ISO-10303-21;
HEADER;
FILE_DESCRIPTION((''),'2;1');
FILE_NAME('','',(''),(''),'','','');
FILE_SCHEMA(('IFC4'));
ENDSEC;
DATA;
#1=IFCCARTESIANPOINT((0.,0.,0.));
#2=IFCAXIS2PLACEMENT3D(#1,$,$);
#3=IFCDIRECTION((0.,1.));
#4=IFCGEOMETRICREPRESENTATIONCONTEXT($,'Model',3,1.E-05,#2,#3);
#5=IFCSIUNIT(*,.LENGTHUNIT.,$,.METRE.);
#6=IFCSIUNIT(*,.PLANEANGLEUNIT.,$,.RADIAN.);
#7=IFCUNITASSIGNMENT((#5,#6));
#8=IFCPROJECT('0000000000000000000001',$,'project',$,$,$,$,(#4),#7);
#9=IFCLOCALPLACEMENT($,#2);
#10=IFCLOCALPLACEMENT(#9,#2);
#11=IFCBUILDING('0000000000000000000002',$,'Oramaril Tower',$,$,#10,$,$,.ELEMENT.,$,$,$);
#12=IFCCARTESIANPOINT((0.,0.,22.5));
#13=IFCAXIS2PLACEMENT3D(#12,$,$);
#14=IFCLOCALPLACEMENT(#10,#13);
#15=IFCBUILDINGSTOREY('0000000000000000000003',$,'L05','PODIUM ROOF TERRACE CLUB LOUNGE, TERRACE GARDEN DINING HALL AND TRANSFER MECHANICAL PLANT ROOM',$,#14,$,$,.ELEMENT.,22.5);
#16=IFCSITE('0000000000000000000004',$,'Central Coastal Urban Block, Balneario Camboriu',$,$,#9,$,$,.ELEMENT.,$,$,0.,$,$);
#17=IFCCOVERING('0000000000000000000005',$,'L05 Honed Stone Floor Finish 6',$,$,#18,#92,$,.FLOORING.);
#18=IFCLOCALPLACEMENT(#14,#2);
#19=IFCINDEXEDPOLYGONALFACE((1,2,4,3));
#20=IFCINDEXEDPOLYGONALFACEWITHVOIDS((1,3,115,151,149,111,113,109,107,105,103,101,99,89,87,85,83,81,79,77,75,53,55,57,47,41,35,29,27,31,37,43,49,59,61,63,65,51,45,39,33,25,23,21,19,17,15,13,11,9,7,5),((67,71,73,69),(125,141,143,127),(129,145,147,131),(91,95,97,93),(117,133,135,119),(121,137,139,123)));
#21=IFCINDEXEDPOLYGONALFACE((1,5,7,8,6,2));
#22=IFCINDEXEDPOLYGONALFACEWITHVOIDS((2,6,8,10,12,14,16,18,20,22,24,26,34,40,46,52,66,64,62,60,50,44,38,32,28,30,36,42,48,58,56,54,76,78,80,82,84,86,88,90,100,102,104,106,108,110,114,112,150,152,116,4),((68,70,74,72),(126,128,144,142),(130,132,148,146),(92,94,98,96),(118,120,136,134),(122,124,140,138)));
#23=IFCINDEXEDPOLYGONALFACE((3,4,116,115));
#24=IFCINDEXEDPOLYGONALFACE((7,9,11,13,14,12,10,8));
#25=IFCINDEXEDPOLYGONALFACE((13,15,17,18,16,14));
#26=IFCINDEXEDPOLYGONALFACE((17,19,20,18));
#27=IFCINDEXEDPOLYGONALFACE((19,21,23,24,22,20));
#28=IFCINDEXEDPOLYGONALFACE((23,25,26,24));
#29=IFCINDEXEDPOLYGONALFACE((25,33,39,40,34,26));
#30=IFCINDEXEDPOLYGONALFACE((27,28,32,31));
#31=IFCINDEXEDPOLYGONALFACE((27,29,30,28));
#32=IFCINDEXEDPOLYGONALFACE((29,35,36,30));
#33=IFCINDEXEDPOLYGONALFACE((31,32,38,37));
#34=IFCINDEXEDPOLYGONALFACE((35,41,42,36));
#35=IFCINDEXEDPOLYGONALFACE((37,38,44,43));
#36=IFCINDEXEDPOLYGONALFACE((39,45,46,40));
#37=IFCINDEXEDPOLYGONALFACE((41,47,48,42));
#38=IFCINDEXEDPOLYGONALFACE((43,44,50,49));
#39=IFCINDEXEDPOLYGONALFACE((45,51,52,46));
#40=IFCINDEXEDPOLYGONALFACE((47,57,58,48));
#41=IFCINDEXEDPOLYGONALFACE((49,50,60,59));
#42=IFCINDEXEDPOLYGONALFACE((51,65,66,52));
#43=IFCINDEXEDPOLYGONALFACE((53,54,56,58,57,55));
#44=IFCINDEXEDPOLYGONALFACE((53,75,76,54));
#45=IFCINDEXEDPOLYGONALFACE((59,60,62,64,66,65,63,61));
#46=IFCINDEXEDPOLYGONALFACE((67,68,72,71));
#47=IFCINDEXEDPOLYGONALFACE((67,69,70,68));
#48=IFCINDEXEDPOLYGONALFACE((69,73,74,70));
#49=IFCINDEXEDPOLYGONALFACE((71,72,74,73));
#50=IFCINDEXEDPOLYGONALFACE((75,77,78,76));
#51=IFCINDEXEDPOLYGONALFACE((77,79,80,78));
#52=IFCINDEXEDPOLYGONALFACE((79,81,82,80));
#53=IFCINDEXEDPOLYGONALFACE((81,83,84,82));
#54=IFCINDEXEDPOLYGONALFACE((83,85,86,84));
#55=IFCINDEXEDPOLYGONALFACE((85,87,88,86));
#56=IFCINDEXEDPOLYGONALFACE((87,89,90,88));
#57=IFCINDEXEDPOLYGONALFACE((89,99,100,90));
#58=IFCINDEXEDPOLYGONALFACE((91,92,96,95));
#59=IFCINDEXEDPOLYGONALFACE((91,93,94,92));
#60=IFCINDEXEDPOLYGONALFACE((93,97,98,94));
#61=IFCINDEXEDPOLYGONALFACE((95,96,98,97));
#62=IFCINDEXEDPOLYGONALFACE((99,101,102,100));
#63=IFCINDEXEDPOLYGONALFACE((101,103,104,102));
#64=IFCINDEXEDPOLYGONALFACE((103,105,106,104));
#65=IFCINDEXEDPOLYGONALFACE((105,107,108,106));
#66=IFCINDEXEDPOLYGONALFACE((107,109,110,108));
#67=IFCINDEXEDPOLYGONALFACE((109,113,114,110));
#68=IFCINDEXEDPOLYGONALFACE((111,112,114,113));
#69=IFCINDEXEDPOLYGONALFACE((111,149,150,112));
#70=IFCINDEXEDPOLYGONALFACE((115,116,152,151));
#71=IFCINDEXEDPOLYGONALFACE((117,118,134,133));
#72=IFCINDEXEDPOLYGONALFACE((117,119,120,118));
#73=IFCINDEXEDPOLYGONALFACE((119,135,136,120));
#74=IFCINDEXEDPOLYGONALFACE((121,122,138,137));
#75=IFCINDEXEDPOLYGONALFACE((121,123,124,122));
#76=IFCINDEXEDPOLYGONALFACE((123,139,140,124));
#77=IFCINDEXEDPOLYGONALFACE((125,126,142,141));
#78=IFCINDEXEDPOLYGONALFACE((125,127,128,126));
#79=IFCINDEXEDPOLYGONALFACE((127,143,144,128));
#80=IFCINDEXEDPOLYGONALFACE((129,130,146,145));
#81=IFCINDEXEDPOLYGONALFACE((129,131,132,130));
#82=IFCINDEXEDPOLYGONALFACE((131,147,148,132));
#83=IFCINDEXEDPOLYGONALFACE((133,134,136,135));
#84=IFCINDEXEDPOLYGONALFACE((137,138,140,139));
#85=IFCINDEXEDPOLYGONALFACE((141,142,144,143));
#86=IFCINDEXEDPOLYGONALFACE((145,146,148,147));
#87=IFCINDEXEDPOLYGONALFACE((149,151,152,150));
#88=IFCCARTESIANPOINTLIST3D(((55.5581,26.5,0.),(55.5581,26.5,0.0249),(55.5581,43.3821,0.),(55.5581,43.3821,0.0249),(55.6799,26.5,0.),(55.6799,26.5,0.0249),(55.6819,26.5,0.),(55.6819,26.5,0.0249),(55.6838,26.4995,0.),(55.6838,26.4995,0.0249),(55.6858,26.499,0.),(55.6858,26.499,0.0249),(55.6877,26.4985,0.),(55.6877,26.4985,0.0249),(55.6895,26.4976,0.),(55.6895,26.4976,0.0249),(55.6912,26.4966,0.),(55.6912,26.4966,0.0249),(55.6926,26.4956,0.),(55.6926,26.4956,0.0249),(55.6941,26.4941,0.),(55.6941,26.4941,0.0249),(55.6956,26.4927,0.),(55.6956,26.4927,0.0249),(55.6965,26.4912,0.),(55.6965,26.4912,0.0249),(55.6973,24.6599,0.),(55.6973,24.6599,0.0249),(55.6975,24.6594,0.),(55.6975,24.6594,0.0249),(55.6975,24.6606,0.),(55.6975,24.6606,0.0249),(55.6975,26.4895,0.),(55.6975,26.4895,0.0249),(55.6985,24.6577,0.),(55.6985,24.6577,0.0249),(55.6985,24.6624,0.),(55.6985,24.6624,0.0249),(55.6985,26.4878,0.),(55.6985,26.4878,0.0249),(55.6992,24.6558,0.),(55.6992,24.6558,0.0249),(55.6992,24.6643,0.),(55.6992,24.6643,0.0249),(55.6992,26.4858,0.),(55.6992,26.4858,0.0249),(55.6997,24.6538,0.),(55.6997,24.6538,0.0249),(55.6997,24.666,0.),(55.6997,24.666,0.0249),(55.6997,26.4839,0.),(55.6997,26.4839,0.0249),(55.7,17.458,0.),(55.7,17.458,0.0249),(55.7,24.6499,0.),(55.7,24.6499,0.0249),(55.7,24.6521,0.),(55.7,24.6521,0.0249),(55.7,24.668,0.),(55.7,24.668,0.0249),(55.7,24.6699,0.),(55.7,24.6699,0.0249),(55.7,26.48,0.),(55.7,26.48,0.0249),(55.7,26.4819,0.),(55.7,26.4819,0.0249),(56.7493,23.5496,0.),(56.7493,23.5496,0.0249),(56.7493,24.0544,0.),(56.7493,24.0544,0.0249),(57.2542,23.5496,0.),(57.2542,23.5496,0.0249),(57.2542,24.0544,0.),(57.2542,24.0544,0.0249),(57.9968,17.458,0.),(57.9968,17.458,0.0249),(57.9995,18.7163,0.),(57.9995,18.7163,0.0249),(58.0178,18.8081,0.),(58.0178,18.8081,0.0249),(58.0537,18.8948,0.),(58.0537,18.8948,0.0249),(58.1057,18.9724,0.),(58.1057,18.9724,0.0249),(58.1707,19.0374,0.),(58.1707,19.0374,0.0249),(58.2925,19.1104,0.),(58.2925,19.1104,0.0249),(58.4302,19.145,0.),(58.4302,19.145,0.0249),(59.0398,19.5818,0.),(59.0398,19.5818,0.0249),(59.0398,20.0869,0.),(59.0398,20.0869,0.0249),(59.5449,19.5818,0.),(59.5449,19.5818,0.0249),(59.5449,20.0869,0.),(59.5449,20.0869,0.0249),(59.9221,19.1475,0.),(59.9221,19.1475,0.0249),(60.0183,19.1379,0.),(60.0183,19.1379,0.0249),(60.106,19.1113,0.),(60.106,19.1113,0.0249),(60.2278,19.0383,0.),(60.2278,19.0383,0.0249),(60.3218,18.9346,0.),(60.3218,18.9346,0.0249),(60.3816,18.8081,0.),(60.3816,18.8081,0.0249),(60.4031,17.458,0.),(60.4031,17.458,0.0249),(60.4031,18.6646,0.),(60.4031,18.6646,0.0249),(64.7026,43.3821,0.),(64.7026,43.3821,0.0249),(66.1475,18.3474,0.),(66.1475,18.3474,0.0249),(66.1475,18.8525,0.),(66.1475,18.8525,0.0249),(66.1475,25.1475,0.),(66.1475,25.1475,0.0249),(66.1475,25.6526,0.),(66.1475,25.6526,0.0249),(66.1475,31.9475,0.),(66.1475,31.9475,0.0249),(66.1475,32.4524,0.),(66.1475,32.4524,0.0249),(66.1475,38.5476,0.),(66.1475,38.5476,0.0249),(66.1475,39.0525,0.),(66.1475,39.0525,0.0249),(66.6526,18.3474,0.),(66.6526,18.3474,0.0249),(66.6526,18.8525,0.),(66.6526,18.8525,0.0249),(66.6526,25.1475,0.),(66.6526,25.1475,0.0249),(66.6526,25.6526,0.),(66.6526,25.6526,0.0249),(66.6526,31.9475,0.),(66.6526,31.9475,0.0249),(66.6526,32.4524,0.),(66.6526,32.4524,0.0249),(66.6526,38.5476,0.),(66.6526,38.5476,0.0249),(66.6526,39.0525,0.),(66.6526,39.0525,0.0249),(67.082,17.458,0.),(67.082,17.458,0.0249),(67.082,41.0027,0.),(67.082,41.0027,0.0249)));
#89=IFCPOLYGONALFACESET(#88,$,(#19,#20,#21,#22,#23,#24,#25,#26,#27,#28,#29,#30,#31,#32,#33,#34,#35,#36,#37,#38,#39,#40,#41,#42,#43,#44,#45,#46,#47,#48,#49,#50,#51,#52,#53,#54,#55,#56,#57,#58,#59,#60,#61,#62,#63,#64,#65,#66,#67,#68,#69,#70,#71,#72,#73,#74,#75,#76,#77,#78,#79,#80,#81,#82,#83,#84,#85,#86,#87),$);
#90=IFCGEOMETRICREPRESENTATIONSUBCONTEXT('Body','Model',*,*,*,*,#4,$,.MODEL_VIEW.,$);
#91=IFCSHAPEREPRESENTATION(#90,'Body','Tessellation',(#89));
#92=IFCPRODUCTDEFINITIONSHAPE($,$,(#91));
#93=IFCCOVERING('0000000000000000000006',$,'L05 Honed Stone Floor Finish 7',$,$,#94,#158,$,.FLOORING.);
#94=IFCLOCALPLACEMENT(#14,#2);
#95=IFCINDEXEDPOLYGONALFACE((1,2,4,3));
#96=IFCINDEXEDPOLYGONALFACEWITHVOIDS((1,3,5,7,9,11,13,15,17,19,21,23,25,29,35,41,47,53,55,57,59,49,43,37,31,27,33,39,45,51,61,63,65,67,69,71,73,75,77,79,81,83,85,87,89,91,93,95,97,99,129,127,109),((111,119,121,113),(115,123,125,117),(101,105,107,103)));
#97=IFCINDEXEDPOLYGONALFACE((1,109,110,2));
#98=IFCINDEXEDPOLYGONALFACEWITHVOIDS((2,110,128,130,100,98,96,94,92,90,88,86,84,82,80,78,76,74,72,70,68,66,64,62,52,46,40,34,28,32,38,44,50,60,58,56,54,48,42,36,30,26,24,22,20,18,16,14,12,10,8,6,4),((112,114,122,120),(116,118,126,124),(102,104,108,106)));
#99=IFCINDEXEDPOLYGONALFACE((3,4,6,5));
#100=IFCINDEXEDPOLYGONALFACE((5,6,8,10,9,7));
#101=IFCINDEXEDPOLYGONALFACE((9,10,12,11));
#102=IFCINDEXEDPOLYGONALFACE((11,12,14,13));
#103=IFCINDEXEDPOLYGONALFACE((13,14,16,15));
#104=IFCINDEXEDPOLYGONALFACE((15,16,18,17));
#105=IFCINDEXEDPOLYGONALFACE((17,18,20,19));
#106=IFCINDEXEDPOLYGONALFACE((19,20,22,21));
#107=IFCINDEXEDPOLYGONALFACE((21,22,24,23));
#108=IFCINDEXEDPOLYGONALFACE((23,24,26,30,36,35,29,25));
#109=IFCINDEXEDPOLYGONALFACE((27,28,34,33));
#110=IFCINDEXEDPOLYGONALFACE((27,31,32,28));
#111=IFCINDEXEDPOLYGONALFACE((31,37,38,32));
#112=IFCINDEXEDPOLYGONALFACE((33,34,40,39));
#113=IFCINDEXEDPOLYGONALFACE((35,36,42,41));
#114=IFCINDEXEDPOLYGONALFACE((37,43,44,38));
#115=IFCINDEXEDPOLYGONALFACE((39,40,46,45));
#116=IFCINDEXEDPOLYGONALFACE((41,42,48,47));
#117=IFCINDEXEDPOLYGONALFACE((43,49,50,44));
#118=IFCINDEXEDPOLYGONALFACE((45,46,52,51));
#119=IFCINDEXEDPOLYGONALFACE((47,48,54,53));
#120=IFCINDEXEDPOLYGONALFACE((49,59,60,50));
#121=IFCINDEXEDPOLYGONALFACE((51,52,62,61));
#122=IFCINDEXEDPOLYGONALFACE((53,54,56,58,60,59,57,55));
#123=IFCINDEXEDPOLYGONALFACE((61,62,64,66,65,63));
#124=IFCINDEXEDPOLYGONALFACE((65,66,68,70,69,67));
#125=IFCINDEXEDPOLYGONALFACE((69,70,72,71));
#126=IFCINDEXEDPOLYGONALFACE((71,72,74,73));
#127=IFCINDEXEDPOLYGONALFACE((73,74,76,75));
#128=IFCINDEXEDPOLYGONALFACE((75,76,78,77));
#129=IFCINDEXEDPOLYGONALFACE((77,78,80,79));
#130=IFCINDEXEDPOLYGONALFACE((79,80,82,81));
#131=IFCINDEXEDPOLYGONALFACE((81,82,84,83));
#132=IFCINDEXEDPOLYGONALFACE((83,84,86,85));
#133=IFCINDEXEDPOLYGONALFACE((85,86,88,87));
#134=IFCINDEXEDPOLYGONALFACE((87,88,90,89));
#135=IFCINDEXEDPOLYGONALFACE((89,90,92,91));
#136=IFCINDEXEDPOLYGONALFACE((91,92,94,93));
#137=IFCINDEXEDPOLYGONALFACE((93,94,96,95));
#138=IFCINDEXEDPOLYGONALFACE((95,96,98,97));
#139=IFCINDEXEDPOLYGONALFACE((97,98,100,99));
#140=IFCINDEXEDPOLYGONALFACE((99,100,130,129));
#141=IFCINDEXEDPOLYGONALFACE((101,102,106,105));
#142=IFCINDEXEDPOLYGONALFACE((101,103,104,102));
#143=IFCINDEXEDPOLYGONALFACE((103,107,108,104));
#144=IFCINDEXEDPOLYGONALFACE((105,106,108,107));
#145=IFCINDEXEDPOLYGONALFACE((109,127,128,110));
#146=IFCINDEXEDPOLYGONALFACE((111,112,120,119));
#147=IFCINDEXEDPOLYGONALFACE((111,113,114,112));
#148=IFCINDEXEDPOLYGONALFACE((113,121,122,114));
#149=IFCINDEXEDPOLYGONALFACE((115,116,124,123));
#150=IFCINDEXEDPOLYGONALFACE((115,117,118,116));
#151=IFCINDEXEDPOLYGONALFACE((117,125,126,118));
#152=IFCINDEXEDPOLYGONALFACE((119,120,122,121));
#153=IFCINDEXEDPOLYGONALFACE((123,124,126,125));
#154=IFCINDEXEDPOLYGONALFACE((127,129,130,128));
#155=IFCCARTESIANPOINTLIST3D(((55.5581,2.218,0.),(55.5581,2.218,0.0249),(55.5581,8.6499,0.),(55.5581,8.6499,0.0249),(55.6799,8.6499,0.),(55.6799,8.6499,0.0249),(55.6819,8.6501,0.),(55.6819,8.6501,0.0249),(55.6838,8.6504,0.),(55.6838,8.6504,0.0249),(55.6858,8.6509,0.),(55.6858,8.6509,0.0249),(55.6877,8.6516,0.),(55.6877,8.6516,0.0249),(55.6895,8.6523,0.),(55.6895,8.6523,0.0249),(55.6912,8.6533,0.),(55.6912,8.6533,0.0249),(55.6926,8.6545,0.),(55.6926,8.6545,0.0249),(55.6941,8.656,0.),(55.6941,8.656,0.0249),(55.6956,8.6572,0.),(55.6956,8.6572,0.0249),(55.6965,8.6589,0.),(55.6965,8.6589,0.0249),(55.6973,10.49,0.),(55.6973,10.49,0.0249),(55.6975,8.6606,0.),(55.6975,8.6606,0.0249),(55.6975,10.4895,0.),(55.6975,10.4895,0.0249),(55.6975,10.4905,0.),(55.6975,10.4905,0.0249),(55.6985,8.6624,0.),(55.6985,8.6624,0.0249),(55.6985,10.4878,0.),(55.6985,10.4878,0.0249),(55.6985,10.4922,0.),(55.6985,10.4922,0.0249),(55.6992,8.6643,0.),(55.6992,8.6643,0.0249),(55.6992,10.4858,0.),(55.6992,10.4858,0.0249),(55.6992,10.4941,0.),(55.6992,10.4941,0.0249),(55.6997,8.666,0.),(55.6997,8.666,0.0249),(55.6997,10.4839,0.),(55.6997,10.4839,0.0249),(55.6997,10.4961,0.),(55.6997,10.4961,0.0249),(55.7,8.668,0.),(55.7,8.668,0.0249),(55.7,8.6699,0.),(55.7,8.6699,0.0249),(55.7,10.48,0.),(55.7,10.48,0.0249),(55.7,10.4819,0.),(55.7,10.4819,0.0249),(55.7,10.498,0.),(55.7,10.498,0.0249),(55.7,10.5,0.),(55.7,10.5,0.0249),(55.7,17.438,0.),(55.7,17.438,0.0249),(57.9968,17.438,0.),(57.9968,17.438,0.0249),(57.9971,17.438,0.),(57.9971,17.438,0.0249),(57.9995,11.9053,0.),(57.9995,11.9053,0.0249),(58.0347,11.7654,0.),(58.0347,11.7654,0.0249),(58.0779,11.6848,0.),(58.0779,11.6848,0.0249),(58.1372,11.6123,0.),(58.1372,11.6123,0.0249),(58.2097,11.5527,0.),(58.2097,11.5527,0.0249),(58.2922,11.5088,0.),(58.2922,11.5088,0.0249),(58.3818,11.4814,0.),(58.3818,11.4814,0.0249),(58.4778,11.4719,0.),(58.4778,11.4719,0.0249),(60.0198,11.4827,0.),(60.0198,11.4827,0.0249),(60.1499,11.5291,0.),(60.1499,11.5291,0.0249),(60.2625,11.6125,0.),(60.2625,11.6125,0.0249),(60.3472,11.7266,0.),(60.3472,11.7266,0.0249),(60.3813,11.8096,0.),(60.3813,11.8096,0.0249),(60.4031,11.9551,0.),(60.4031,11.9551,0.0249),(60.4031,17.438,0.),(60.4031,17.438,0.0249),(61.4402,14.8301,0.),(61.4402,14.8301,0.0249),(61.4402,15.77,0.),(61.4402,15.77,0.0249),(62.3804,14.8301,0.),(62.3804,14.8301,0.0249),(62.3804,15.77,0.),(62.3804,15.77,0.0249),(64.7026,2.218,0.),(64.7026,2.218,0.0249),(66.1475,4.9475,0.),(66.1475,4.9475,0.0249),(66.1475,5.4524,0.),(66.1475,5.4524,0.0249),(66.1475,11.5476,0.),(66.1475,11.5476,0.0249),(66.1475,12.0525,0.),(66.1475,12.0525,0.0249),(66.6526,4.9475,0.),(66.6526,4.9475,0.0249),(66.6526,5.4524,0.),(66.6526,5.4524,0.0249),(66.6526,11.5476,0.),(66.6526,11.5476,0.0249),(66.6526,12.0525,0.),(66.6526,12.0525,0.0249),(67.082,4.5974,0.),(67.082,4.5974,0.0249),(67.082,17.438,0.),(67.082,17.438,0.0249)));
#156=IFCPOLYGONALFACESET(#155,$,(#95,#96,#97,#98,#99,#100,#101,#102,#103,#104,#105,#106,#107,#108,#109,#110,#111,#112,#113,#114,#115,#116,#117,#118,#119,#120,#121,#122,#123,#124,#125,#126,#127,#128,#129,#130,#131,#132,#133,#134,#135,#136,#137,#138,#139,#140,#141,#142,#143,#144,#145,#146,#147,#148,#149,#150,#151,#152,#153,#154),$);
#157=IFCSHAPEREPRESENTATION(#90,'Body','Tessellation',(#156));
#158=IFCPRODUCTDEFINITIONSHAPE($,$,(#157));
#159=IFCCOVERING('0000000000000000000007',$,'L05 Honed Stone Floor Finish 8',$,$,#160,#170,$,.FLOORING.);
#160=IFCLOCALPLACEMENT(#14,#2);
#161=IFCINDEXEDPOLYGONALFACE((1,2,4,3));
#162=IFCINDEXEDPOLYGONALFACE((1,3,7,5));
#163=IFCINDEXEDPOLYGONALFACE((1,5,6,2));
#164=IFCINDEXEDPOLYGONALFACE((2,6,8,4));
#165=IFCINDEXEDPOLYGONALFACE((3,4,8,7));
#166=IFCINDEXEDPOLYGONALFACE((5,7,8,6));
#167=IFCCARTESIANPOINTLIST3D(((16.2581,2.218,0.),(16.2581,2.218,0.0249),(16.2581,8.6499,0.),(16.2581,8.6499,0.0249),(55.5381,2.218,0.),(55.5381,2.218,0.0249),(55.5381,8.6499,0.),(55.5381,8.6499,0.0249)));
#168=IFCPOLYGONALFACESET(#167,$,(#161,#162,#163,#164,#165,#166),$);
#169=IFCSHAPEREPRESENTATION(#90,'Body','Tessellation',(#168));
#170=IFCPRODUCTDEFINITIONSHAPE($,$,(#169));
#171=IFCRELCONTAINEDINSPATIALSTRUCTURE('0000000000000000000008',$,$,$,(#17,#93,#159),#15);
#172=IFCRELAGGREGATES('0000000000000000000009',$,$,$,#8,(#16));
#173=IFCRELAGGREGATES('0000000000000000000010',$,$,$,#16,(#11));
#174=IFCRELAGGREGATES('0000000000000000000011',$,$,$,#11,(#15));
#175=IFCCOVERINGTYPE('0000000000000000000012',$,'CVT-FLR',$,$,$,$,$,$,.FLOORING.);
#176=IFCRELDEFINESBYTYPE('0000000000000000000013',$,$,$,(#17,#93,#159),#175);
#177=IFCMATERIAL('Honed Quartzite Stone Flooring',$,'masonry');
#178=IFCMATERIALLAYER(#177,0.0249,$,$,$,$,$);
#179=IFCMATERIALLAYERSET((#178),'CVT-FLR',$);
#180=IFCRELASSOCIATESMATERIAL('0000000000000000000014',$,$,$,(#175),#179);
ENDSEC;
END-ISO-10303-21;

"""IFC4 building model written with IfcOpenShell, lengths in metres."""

from ifc_helpers import new_model, si_unit, direction, frame, origin, place, context, subcontext, project, spatial, polyline, outline, extrude, material, layer, layer_set, type_object, element, save


model = new_model("IFC4")

# Units and contexts
model_context = context("Model", 3, precision=1e-05, world=origin(), true_north=direction((0.0, 1.0)))
body_context = subcontext(model_context, "Body", "Model", "MODEL_VIEW")
ifc_project = project(units=[si_unit("LENGTHUNIT", "METRE"), si_unit("PLANEANGLEUNIT", "RADIAN")], contexts=[model_context])

# Site, building, storey
site_placement = place(None, origin())
site = spatial("IfcSite", under=ifc_project, at=site_placement, Name="Central Coastal Urban Block, Balneario Camboriu", CompositionType="ELEMENT", RefElevation=0.0)
building_placement = place(site_placement, origin())
building = spatial("IfcBuilding", under=site, at=building_placement, Name="Oramaril Tower", CompositionType="ELEMENT")
storey_placement = place(building_placement, frame((0.0, 0.0, 22.5)))
storey = spatial("IfcBuildingStorey", under=building, at=storey_placement, Name="L05", Description="PODIUM ROOF TERRACE CLUB LOUNGE, TERRACE GARDEN DINING HALL AND TRANSFER MECHANICAL PLANT ROOM", CompositionType="ELEMENT", Elevation=22.5)

# Coverings
ifc_material_1 = material(Name="Honed Quartzite Stone Flooring", Category="masonry")
ifc_layer_1 = layer(ifc_material_1, 0.0249)
ifc_layer_set_1 = layer_set([ifc_layer_1], Name="CVT-FLR")
covering_type_1 = type_object("IfcCoveringType", Name="CVT-FLR", PredefinedType="FLOORING", material=ifc_layer_set_1)
covering_1_placement = place(storey_placement, origin())
element("IfcCovering", 1, at=covering_1_placement, inside=storey, type_object=covering_type_1, Name="L05 Honed Stone Floor Finish 6", PredefinedType="FLOORING", context=body_context, shape_type="SweptSolid", body=[
    extrude(outline(polyline([(67.082, 41.0027), (67.082, 17.458), (60.4031, 17.458), (60.4031, 18.6646), (60.3816, 18.8081), (60.3218, 18.9346), (60.2278, 19.0383), (60.106, 19.1113), (60.0183, 19.1379), (59.9221, 19.1475), (58.4302, 19.145), (58.2925, 19.1104), (58.1707, 19.0374), (58.1057, 18.9724), (58.0537, 18.8948), (58.0178, 18.8081), (57.9995, 18.7163), (57.9968, 17.458), (55.7, 17.458), (55.7, 24.6499), (55.7, 24.6521), (55.6997, 24.6538), (55.6992, 24.6558), (55.6985, 24.6577), (55.6975, 24.6594), (55.6973, 24.6599), (55.6975, 24.6606), (55.6985, 24.6624), (55.6992, 24.6643), (55.6997, 24.666), (55.7, 24.668), (55.7, 24.6699), (55.7, 26.48), (55.7, 26.4819), (55.6997, 26.4839), (55.6992, 26.4858), (55.6985, 26.4878), (55.6975, 26.4895), (55.6965, 26.4912), (55.6956, 26.4927), (55.6941, 26.4941), (55.6926, 26.4956), (55.6912, 26.4966), (55.6895, 26.4976), (55.6877, 26.4985), (55.6858, 26.499), (55.6838, 26.4995), (55.6819, 26.5), (55.6799, 26.5), (55.5581, 26.5), (55.5581, 43.3821), (64.7026, 43.3821), (67.082, 41.0027)]), holes=[polyline([(66.6526, 18.8525), (66.1475, 18.8525), (66.1475, 18.3474), (66.6526, 18.3474), (66.6526, 18.8525)]), polyline([(59.5449, 20.0869), (59.0398, 20.0869), (59.0398, 19.5818), (59.5449, 19.5818), (59.5449, 20.0869)]), polyline([(57.2542, 24.0544), (56.7493, 24.0544), (56.7493, 23.5496), (57.2542, 23.5496), (57.2542, 24.0544)]), polyline([(66.6526, 25.1475), (66.6526, 25.6526), (66.1475, 25.6526), (66.1475, 25.1475), (66.6526, 25.1475)]), polyline([(66.6526, 32.4524), (66.1475, 32.4524), (66.1475, 31.9475), (66.6526, 31.9475), (66.6526, 32.4524)]), polyline([(66.6526, 39.0525), (66.1475, 39.0525), (66.1475, 38.5476), (66.6526, 38.5476), (66.6526, 39.0525)])]), origin(), (0.0, 0.0, 1.0), 0.0249),
])
covering_2_placement = place(storey_placement, origin())
element("IfcCovering", 2, at=covering_2_placement, inside=storey, type_object=covering_type_1, Name="L05 Honed Stone Floor Finish 7", PredefinedType="FLOORING", context=body_context, shape_type="SweptSolid", body=[
    extrude(outline(polyline([(57.9995, 11.9053), (58.0347, 11.7654), (58.0779, 11.6848), (58.1372, 11.6123), (58.2097, 11.5527), (58.2922, 11.5088), (58.3818, 11.4814), (58.4778, 11.4719), (60.0198, 11.4827), (60.1499, 11.5291), (60.2625, 11.6125), (60.3472, 11.7266), (60.3813, 11.8096), (60.4031, 11.9551), (60.4031, 17.438), (67.082, 17.438), (67.082, 4.5974), (64.7026, 2.218), (55.5581, 2.218), (55.5581, 8.6499), (55.6799, 8.6499), (55.6819, 8.6501), (55.6838, 8.6504), (55.6858, 8.6509), (55.6877, 8.6516), (55.6895, 8.6523), (55.6912, 8.6533), (55.6926, 8.6545), (55.6941, 8.656), (55.6956, 8.6572), (55.6965, 8.6589), (55.6975, 8.6606), (55.6985, 8.6624), (55.6992, 8.6643), (55.6997, 8.666), (55.7, 8.668), (55.7, 8.6699), (55.7, 10.48), (55.7, 10.4819), (55.6997, 10.4839), (55.6992, 10.4858), (55.6985, 10.4878), (55.6975, 10.4895), (55.6973, 10.49), (55.6975, 10.4905), (55.6985, 10.4922), (55.6992, 10.4941), (55.6997, 10.4961), (55.7, 10.498), (55.7, 10.5), (55.7, 17.438), (57.9968, 17.438), (57.9971, 17.438), (57.9995, 11.9053)]), holes=[polyline([(66.6526, 4.9475), (66.6526, 5.4524), (66.1475, 5.4524), (66.1475, 4.9475), (66.6526, 4.9475)]), polyline([(66.6526, 12.0525), (66.1475, 12.0525), (66.1475, 11.5476), (66.6526, 11.5476), (66.6526, 12.0525)]), polyline([(62.3804, 15.77), (61.4402, 15.77), (61.4402, 14.8301), (62.3804, 14.8301), (62.3804, 15.77)])]), origin(), (0.0, 0.0, 1.0), 0.0249),
])
covering_3_placement = place(storey_placement, origin())
element("IfcCovering", 3, at=covering_3_placement, inside=storey, type_object=covering_type_1, Name="L05 Honed Stone Floor Finish 8", PredefinedType="FLOORING", context=body_context, shape_type="SweptSolid", body=[
    extrude(outline(polyline([(16.2581, 2.218), (16.2581, 8.6499), (55.5381, 8.6499), (55.5381, 2.218), (16.2581, 2.218)])), origin(), (0.0, 0.0, 1.0), 0.0249),
])

save(model, "model.ifc")
